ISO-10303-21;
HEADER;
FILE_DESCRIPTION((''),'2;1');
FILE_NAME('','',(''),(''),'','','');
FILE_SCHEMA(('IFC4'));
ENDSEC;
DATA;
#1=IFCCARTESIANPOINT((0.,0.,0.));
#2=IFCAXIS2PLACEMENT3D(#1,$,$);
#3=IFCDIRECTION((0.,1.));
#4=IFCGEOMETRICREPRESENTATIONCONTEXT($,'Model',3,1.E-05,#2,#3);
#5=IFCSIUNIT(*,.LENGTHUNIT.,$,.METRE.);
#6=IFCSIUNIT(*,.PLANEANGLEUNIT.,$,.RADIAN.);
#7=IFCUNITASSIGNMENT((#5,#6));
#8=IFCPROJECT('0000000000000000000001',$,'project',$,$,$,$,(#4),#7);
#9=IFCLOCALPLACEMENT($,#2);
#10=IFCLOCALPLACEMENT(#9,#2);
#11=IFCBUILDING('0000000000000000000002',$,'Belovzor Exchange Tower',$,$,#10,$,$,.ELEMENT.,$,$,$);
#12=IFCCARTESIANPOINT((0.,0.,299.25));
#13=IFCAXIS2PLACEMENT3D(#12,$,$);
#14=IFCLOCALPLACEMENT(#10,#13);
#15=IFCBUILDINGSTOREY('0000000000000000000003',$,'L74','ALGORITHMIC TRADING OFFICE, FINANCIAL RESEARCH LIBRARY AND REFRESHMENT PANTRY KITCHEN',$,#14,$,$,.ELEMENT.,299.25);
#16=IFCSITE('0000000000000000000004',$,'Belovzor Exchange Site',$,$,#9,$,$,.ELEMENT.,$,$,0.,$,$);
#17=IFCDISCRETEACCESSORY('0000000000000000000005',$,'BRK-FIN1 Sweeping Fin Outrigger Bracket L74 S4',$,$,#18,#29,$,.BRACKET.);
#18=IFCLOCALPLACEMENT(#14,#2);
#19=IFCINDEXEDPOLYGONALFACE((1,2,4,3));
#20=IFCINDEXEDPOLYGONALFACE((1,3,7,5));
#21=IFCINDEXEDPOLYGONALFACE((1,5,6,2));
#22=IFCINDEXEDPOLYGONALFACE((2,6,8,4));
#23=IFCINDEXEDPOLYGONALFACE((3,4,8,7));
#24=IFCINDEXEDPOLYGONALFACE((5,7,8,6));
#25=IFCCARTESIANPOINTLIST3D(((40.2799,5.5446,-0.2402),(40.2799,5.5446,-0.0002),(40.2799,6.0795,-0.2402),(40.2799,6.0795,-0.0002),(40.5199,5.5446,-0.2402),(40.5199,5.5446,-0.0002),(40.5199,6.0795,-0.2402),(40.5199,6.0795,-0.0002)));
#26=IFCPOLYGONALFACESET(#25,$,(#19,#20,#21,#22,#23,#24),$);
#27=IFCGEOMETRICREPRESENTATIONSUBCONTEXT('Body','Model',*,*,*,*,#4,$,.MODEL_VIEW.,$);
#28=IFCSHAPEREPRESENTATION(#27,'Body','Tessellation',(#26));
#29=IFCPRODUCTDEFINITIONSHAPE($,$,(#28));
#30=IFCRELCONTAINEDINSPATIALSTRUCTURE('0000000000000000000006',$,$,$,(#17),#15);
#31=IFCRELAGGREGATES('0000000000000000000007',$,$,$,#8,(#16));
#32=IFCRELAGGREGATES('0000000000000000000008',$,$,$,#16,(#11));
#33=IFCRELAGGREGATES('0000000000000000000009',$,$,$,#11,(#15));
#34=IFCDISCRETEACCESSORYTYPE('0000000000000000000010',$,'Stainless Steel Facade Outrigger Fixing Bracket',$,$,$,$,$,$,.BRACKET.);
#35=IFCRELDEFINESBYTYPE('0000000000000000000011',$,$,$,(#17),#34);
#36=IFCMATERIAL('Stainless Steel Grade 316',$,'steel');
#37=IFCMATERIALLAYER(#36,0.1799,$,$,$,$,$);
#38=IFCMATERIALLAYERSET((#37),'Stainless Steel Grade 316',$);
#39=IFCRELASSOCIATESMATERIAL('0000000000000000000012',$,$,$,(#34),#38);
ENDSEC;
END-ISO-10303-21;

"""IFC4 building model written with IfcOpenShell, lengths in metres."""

from ifc_helpers import new_model, si_unit, direction, frame, origin, origin_2d, place, context, subcontext, project, spatial, rectangle, extrude, material, layer, layer_set, type_object, element, save


model = new_model("IFC4")

# Units and contexts
model_context = context("Model", 3, precision=1e-05, world=origin(), true_north=direction((0.0, 1.0)))
body_context = subcontext(model_context, "Body", "Model", "MODEL_VIEW")
ifc_project = project(units=[si_unit("LENGTHUNIT", "METRE"), si_unit("PLANEANGLEUNIT", "RADIAN")], contexts=[model_context])

# Site, building, storey
site_placement = place(None, origin())
site = spatial("IfcSite", under=ifc_project, at=site_placement, Name="Belovzor Exchange Site", CompositionType="ELEMENT", RefElevation=0.0)
building_placement = place(site_placement, origin())
building = spatial("IfcBuilding", under=site, at=building_placement, Name="Belovzor Exchange Tower", CompositionType="ELEMENT")
storey_placement = place(building_placement, frame((0.0, 0.0, 299.25)))
storey = spatial("IfcBuildingStorey", under=building, at=storey_placement, Name="L74", Description="ALGORITHMIC TRADING OFFICE, FINANCIAL RESEARCH LIBRARY AND REFRESHMENT PANTRY KITCHEN", CompositionType="ELEMENT", Elevation=299.25)

# Discrete accessory
ifc_material_1 = material(Name="Stainless Steel Grade 316", Category="steel")
ifc_layer_1 = layer(ifc_material_1, 0.1799)
ifc_layer_set_1 = layer_set([ifc_layer_1], Name="Stainless Steel Grade 316")
discrete_accessory_type = type_object("IfcDiscreteAccessoryType", Name="Stainless Steel Facade Outrigger Fixing Bracket", PredefinedType="BRACKET", material=ifc_layer_set_1)
for number, where, z_axis, x_axis, name in (
    (1, (40.3999, 5.812, -0.2402), (0.0, 0.0, 1.0), (0.0, 1.0, 0.0), "BRK-FIN1 Sweeping Fin Outrigger Bracket L74 S4"),
):
    element("IfcDiscreteAccessory", number, at=place(storey_placement, frame(where, z_axis=z_axis, x_axis=x_axis)), inside=storey, type_object=discrete_accessory_type, Name=name, PredefinedType="BRACKET", context=body_context, shape_type="SweptSolid", body=[
        extrude(rectangle(XDim=0.5349, YDim=0.24, at=origin_2d()), origin(), (0.0, 0.0, 1.0), 0.24),
    ])

save(model, "model.ifc")
